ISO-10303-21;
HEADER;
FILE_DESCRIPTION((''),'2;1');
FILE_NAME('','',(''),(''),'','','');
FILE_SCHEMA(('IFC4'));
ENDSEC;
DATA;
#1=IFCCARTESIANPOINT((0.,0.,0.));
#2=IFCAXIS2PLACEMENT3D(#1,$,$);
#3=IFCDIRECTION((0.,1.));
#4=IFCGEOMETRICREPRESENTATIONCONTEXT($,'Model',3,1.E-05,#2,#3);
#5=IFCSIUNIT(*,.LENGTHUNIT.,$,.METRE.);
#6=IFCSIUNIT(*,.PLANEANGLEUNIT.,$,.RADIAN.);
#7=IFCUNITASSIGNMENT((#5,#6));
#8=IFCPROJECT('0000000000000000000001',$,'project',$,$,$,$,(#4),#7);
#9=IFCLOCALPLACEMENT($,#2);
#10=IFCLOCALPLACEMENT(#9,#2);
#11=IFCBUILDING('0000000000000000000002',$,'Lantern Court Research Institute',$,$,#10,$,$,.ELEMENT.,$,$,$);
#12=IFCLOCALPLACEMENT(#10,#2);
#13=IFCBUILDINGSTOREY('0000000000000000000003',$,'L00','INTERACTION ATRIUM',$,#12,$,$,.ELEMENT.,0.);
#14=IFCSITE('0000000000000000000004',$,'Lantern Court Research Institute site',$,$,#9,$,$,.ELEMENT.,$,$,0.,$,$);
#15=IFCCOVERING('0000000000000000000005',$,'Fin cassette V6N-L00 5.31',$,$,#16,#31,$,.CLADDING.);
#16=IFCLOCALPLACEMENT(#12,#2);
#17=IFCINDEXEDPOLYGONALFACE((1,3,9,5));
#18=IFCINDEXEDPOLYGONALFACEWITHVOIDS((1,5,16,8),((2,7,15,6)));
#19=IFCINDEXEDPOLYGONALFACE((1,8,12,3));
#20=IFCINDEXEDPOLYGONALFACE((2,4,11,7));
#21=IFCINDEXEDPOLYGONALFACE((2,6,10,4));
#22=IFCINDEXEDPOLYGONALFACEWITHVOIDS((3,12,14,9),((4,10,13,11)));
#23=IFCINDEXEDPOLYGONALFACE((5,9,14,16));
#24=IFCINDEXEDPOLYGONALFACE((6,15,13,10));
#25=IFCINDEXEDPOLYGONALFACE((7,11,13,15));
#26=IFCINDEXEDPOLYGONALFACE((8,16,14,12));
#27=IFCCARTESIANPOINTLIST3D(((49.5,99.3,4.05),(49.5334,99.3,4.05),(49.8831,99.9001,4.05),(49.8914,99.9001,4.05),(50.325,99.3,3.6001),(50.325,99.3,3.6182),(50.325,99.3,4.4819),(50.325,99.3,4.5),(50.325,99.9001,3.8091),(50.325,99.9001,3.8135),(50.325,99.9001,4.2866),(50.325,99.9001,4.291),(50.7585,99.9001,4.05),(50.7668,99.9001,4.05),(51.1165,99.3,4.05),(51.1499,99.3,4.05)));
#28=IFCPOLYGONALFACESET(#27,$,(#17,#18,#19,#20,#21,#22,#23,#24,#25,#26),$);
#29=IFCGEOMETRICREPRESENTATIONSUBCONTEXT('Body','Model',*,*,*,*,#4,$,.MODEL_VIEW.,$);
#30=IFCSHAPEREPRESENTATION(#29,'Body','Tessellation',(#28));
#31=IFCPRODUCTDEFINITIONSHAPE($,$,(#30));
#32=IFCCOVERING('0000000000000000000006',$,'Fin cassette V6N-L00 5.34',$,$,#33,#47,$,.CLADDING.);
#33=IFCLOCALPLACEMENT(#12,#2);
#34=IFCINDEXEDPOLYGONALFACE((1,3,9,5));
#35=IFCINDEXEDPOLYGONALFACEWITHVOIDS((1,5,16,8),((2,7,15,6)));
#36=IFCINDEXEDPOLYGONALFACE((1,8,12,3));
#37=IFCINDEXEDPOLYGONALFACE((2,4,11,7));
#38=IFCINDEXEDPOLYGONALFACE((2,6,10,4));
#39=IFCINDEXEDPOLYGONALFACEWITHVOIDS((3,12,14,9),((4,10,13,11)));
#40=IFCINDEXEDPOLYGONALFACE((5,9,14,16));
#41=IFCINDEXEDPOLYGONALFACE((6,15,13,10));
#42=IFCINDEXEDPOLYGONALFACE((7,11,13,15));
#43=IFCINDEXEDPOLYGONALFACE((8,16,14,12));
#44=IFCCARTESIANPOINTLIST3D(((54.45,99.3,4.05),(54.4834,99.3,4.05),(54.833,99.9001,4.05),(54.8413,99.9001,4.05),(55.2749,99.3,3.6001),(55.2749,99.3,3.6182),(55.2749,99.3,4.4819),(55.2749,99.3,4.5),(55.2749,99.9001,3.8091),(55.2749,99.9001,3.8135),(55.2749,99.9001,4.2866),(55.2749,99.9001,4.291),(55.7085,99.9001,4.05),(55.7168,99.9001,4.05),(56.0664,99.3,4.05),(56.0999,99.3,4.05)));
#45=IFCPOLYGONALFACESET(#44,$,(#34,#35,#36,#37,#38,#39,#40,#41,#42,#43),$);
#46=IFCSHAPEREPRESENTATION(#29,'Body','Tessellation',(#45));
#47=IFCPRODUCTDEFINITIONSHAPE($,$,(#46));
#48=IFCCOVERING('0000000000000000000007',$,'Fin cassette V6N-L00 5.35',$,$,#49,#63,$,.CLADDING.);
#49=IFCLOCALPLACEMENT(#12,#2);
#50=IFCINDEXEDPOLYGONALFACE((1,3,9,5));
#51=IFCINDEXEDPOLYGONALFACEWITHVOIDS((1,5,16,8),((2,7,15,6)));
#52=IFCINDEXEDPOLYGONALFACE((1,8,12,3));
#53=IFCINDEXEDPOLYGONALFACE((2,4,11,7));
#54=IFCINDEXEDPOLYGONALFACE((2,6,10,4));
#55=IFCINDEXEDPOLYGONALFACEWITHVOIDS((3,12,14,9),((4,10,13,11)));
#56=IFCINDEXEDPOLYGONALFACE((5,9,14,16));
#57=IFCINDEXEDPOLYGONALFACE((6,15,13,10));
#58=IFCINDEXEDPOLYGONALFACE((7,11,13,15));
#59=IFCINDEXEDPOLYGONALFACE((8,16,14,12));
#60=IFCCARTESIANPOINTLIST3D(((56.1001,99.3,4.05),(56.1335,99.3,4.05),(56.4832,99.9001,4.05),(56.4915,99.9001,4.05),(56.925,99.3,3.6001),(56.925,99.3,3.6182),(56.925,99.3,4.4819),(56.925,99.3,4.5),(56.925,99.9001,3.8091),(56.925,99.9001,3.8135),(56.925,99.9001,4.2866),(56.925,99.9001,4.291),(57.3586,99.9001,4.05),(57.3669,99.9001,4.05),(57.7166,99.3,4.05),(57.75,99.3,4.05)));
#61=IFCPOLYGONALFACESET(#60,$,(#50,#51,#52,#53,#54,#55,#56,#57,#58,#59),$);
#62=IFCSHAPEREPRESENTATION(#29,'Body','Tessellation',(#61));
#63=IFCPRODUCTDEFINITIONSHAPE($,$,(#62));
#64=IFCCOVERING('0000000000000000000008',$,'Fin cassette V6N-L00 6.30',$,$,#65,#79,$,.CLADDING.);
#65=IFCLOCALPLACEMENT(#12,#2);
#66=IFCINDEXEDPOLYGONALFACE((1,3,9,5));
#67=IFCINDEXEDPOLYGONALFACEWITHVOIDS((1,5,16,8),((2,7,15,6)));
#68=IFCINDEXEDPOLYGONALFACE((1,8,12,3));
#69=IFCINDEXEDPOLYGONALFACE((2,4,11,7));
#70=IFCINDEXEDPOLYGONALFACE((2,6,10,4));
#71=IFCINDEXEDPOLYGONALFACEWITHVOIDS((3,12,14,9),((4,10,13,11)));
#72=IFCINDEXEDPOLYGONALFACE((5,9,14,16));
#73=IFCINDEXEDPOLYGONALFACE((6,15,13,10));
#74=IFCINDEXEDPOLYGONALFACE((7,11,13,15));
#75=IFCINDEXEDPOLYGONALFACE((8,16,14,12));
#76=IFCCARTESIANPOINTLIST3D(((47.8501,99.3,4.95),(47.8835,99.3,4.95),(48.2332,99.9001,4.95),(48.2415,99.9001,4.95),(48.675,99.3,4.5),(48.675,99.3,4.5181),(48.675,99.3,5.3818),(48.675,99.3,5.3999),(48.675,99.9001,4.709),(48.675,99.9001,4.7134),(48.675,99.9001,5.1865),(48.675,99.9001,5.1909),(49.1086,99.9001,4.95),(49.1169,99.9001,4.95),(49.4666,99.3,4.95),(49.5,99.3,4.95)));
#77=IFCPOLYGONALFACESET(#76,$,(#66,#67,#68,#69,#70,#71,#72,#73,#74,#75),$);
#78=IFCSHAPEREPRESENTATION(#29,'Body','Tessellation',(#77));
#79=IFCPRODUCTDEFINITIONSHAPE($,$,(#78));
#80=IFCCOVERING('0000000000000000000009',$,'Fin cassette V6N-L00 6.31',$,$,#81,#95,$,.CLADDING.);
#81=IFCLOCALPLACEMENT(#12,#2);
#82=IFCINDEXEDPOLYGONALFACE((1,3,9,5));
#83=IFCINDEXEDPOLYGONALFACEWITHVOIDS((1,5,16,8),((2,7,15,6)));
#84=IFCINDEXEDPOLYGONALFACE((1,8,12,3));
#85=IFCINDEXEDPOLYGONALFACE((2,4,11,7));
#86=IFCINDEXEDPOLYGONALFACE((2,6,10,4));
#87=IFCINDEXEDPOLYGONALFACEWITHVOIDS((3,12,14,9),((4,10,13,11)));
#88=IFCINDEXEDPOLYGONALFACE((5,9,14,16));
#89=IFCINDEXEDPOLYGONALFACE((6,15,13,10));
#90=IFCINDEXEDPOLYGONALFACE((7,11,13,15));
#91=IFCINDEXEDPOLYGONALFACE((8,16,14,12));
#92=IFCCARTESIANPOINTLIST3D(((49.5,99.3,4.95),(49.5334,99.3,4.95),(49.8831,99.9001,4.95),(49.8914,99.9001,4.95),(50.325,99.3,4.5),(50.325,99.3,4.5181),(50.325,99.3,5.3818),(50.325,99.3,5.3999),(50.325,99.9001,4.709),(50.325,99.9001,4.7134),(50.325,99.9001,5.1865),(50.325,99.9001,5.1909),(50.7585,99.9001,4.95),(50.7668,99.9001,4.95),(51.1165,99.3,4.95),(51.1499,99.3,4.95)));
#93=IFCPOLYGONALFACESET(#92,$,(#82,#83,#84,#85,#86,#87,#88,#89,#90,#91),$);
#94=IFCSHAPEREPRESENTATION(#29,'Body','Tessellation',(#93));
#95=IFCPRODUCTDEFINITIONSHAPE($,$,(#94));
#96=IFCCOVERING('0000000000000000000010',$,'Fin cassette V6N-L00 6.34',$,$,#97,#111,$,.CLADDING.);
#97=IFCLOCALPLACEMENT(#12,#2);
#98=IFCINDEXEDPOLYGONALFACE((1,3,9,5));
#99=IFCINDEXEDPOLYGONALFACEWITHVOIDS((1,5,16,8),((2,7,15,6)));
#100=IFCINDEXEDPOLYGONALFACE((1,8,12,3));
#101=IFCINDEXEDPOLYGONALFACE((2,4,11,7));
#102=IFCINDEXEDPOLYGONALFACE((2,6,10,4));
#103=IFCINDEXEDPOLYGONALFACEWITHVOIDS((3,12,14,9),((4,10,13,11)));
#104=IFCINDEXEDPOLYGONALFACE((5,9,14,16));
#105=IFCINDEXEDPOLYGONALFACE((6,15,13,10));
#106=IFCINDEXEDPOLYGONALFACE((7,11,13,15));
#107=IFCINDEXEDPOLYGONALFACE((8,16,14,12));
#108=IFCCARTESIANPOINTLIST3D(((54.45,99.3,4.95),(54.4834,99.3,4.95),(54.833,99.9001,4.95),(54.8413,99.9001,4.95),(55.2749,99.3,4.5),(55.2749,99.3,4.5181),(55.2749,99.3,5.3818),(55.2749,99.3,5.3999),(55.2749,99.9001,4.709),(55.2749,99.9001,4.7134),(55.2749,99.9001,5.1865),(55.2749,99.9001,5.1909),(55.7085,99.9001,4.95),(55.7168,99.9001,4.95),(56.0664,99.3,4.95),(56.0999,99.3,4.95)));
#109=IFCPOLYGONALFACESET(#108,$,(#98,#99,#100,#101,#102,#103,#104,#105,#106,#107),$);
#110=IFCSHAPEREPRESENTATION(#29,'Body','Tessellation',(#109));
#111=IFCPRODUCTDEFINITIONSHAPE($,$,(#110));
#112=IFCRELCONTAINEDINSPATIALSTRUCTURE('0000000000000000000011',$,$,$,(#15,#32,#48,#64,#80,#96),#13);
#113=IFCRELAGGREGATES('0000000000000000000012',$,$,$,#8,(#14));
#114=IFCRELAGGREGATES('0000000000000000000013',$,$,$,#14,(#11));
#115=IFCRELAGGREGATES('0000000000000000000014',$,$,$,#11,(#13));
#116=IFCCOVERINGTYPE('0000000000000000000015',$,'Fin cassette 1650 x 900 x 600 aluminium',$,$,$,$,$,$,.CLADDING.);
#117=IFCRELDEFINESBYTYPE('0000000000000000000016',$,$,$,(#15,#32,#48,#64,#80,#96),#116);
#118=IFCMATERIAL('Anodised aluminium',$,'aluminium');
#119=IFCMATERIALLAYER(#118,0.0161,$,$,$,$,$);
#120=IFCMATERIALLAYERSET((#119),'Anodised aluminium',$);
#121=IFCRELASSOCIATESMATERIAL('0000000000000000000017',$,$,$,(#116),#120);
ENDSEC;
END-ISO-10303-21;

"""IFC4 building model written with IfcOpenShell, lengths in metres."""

from ifc_helpers import new_model, entity, si_unit, direction, frame, origin, place, context, subcontext, project, spatial, material, layer, layer_set, type_object, element, save


model = new_model("IFC4")

# Units and contexts
model_context = context("Model", 3, precision=1e-05, world=origin(), true_north=direction((0.0, 1.0)))
body_context = subcontext(model_context, "Body", "Model", "MODEL_VIEW")
ifc_project = project(units=[si_unit("LENGTHUNIT", "METRE"), si_unit("PLANEANGLEUNIT", "RADIAN")], contexts=[model_context])

# Site, building, storey
site_placement = place(None, origin())
site = spatial("IfcSite", under=ifc_project, at=site_placement, Name="Lantern Court Research Institute site", CompositionType="ELEMENT", RefElevation=0.0)
building_placement = place(site_placement, origin())
building = spatial("IfcBuilding", under=site, at=building_placement, Name="Lantern Court Research Institute", CompositionType="ELEMENT")
storey_placement = place(building_placement, origin())
storey = spatial("IfcBuildingStorey", under=building, at=storey_placement, Name="L00", Description="INTERACTION ATRIUM", CompositionType="ELEMENT", Elevation=0.0)

# Coverings
ifc_material_1 = material(Name="Anodised aluminium", Category="aluminium")
ifc_layer_1 = layer(ifc_material_1, 0.0161)
ifc_layer_set_1 = layer_set([ifc_layer_1], Name="Anodised aluminium")
covering_type_1 = type_object("IfcCoveringType", Name="Fin cassette 1650 x 900 x 600 aluminium", PredefinedType="CLADDING", material=ifc_layer_set_1)
covering_1_placement = place(storey_placement, frame((50.325, 99.3, 4.05), z_axis=(0.0, 1.0, 0.0), x_axis=(-1.0, 0.0, 0.0)))
cartesian_point_1 = entity("IfcCartesianPoint", [0.825, 0.0])
cartesian_point_2 = entity("IfcCartesianPoint", [0.7915, 0.0])
cartesian_point_3 = entity("IfcCartesianPoint", [0.4419, 0.0])
cartesian_point_4 = entity("IfcCartesianPoint", [0.4336, 0.0])
element("IfcCovering", 1, at=covering_1_placement, inside=storey, type_object=covering_type_1, Name="Fin cassette V6N-L00 5.31", PredefinedType="CLADDING", context=body_context, shape_type="SweptSolid", body=[
    entity("IfcExtrudedAreaSolidTapered", entity("IfcArbitraryProfileDefWithVoids", "AREA", None, entity("IfcPolyline", [cartesian_point_1, entity("IfcCartesianPoint", [0.0, 0.45]), entity("IfcCartesianPoint", [-0.825, 0.0]), entity("IfcCartesianPoint", [0.0, -0.45]), cartesian_point_1]), [entity("IfcPolyline", [cartesian_point_2, entity("IfcCartesianPoint", [0.0, 0.4319]), entity("IfcCartesianPoint", [-0.7915, 0.0]), entity("IfcCartesianPoint", [0.0, -0.4319]), cartesian_point_2])]), entity("IfcAxis2Placement3D", entity("IfcCartesianPoint", [0.0, 0.0, 0.0])), entity("IfcDirection", [0.0, 0.0, 1.0]), 0.6001, entity("IfcArbitraryProfileDefWithVoids", "AREA", None, entity("IfcPolyline", [cartesian_point_3, entity("IfcCartesianPoint", [0.0, 0.241]), entity("IfcCartesianPoint", [-0.4419, 0.0]), entity("IfcCartesianPoint", [0.0, -0.241]), cartesian_point_3]), [entity("IfcPolyline", [cartesian_point_4, entity("IfcCartesianPoint", [0.0, 0.2366]), entity("IfcCartesianPoint", [-0.4336, 0.0]), entity("IfcCartesianPoint", [0.0, -0.2366]), cartesian_point_4])])),
])
covering_2_placement = place(storey_placement, frame((55.2749, 99.3, 4.05), z_axis=(0.0, 1.0, 0.0), x_axis=(-1.0, 0.0, 0.0)))
cartesian_point_5 = entity("IfcCartesianPoint", [0.825, 0.0])
cartesian_point_6 = entity("IfcCartesianPoint", [0.7915, 0.0])
cartesian_point_7 = entity("IfcCartesianPoint", [0.4419, 0.0])
cartesian_point_8 = entity("IfcCartesianPoint", [0.4336, 0.0])
element("IfcCovering", 2, at=covering_2_placement, inside=storey, type_object=covering_type_1, Name="Fin cassette V6N-L00 5.34", PredefinedType="CLADDING", context=body_context, shape_type="SweptSolid", body=[
    entity("IfcExtrudedAreaSolidTapered", entity("IfcArbitraryProfileDefWithVoids", "AREA", None, entity("IfcPolyline", [cartesian_point_5, entity("IfcCartesianPoint", [0.0, 0.45]), entity("IfcCartesianPoint", [-0.825, 0.0]), entity("IfcCartesianPoint", [0.0, -0.45]), cartesian_point_5]), [entity("IfcPolyline", [cartesian_point_6, entity("IfcCartesianPoint", [0.0, 0.4319]), entity("IfcCartesianPoint", [-0.7915, 0.0]), entity("IfcCartesianPoint", [0.0, -0.4319]), cartesian_point_6])]), entity("IfcAxis2Placement3D", entity("IfcCartesianPoint", [0.0, 0.0, 0.0])), entity("IfcDirection", [0.0, 0.0, 1.0]), 0.6001, entity("IfcArbitraryProfileDefWithVoids", "AREA", None, entity("IfcPolyline", [cartesian_point_7, entity("IfcCartesianPoint", [0.0, 0.241]), entity("IfcCartesianPoint", [-0.4419, 0.0]), entity("IfcCartesianPoint", [0.0, -0.241]), cartesian_point_7]), [entity("IfcPolyline", [cartesian_point_8, entity("IfcCartesianPoint", [0.0, 0.2366]), entity("IfcCartesianPoint", [-0.4336, 0.0]), entity("IfcCartesianPoint", [0.0, -0.2366]), cartesian_point_8])])),
])
covering_3_placement = place(storey_placement, frame((56.925, 99.3, 4.05), z_axis=(0.0, 1.0, 0.0), x_axis=(-1.0, 0.0, 0.0)))
cartesian_point_9 = entity("IfcCartesianPoint", [0.825, 0.0])
cartesian_point_10 = entity("IfcCartesianPoint", [0.7915, 0.0])
cartesian_point_11 = entity("IfcCartesianPoint", [0.4419, 0.0])
cartesian_point_12 = entity("IfcCartesianPoint", [0.4336, 0.0])
element("IfcCovering", 3, at=covering_3_placement, inside=storey, type_object=covering_type_1, Name="Fin cassette V6N-L00 5.35", PredefinedType="CLADDING", context=body_context, shape_type="SweptSolid", body=[
    entity("IfcExtrudedAreaSolidTapered", entity("IfcArbitraryProfileDefWithVoids", "AREA", None, entity("IfcPolyline", [cartesian_point_9, entity("IfcCartesianPoint", [0.0, 0.45]), entity("IfcCartesianPoint", [-0.825, 0.0]), entity("IfcCartesianPoint", [0.0, -0.45]), cartesian_point_9]), [entity("IfcPolyline", [cartesian_point_10, entity("IfcCartesianPoint", [0.0, 0.4319]), entity("IfcCartesianPoint", [-0.7915, 0.0]), entity("IfcCartesianPoint", [0.0, -0.4319]), cartesian_point_10])]), entity("IfcAxis2Placement3D", entity("IfcCartesianPoint", [0.0, 0.0, 0.0])), entity("IfcDirection", [0.0, 0.0, 1.0]), 0.6001, entity("IfcArbitraryProfileDefWithVoids", "AREA", None, entity("IfcPolyline", [cartesian_point_11, entity("IfcCartesianPoint", [0.0, 0.241]), entity("IfcCartesianPoint", [-0.4419, 0.0]), entity("IfcCartesianPoint", [0.0, -0.241]), cartesian_point_11]), [entity("IfcPolyline", [cartesian_point_12, entity("IfcCartesianPoint", [0.0, 0.2366]), entity("IfcCartesianPoint", [-0.4336, 0.0]), entity("IfcCartesianPoint", [0.0, -0.2366]), cartesian_point_12])])),
])
covering_4_placement = place(storey_placement, frame((48.675, 99.3, 4.95), z_axis=(0.0, 1.0, 0.0), x_axis=(-1.0, 0.0, 0.0)))
cartesian_point_13 = entity("IfcCartesianPoint", [0.825, 0.0])
cartesian_point_14 = entity("IfcCartesianPoint", [0.7915, 0.0])
cartesian_point_15 = entity("IfcCartesianPoint", [0.4419, 0.0])
cartesian_point_16 = entity("IfcCartesianPoint", [0.4336, 0.0])
element("IfcCovering", 4, at=covering_4_placement, inside=storey, type_object=covering_type_1, Name="Fin cassette V6N-L00 6.30", PredefinedType="CLADDING", context=body_context, shape_type="SweptSolid", body=[
    entity("IfcExtrudedAreaSolidTapered", entity("IfcArbitraryProfileDefWithVoids", "AREA", None, entity("IfcPolyline", [cartesian_point_13, entity("IfcCartesianPoint", [0.0, 0.45]), entity("IfcCartesianPoint", [-0.825, 0.0]), entity("IfcCartesianPoint", [0.0, -0.45]), cartesian_point_13]), [entity("IfcPolyline", [cartesian_point_14, entity("IfcCartesianPoint", [0.0, 0.4319]), entity("IfcCartesianPoint", [-0.7915, 0.0]), entity("IfcCartesianPoint", [0.0, -0.4319]), cartesian_point_14])]), entity("IfcAxis2Placement3D", entity("IfcCartesianPoint", [0.0, 0.0, 0.0])), entity("IfcDirection", [0.0, 0.0, 1.0]), 0.6001, entity("IfcArbitraryProfileDefWithVoids", "AREA", None, entity("IfcPolyline", [cartesian_point_15, entity("IfcCartesianPoint", [0.0, 0.241]), entity("IfcCartesianPoint", [-0.4419, 0.0]), entity("IfcCartesianPoint", [0.0, -0.241]), cartesian_point_15]), [entity("IfcPolyline", [cartesian_point_16, entity("IfcCartesianPoint", [0.0, 0.2366]), entity("IfcCartesianPoint", [-0.4336, 0.0]), entity("IfcCartesianPoint", [0.0, -0.2366]), cartesian_point_16])])),
])
covering_5_placement = place(storey_placement, frame((50.325, 99.3, 4.95), z_axis=(0.0, 1.0, 0.0), x_axis=(-1.0, 0.0, 0.0)))
cartesian_point_17 = entity("IfcCartesianPoint", [0.825, 0.0])
cartesian_point_18 = entity("IfcCartesianPoint", [0.7915, 0.0])
cartesian_point_19 = entity("IfcCartesianPoint", [0.4419, 0.0])
cartesian_point_20 = entity("IfcCartesianPoint", [0.4336, 0.0])
element("IfcCovering", 5, at=covering_5_placement, inside=storey, type_object=covering_type_1, Name="Fin cassette V6N-L00 6.31", PredefinedType="CLADDING", context=body_context, shape_type="SweptSolid", body=[
    entity("IfcExtrudedAreaSolidTapered", entity("IfcArbitraryProfileDefWithVoids", "AREA", None, entity("IfcPolyline", [cartesian_point_17, entity("IfcCartesianPoint", [0.0, 0.45]), entity("IfcCartesianPoint", [-0.825, 0.0]), entity("IfcCartesianPoint", [0.0, -0.45]), cartesian_point_17]), [entity("IfcPolyline", [cartesian_point_18, entity("IfcCartesianPoint", [0.0, 0.4319]), entity("IfcCartesianPoint", [-0.7915, 0.0]), entity("IfcCartesianPoint", [0.0, -0.4319]), cartesian_point_18])]), entity("IfcAxis2Placement3D", entity("IfcCartesianPoint", [0.0, 0.0, 0.0])), entity("IfcDirection", [0.0, 0.0, 1.0]), 0.6001, entity("IfcArbitraryProfileDefWithVoids", "AREA", None, entity("IfcPolyline", [cartesian_point_19, entity("IfcCartesianPoint", [0.0, 0.241]), entity("IfcCartesianPoint", [-0.4419, 0.0]), entity("IfcCartesianPoint", [0.0, -0.241]), cartesian_point_19]), [entity("IfcPolyline", [cartesian_point_20, entity("IfcCartesianPoint", [0.0, 0.2366]), entity("IfcCartesianPoint", [-0.4336, 0.0]), entity("IfcCartesianPoint", [0.0, -0.2366]), cartesian_point_20])])),
])
covering_6_placement = place(storey_placement, frame((55.2749, 99.3, 4.95), z_axis=(0.0, 1.0, 0.0), x_axis=(-1.0, 0.0, 0.0)))
cartesian_point_21 = entity("IfcCartesianPoint", [0.825, 0.0])
cartesian_point_22 = entity("IfcCartesianPoint", [0.7915, 0.0])
cartesian_point_23 = entity("IfcCartesianPoint", [0.4419, 0.0])
cartesian_point_24 = entity("IfcCartesianPoint", [0.4336, 0.0])
element("IfcCovering", 6, at=covering_6_placement, inside=storey, type_object=covering_type_1, Name="Fin cassette V6N-L00 6.34", PredefinedType="CLADDING", context=body_context, shape_type="SweptSolid", body=[
    entity("IfcExtrudedAreaSolidTapered", entity("IfcArbitraryProfileDefWithVoids", "AREA", None, entity("IfcPolyline", [cartesian_point_21, entity("IfcCartesianPoint", [0.0, 0.45]), entity("IfcCartesianPoint", [-0.825, 0.0]), entity("IfcCartesianPoint", [0.0, -0.45]), cartesian_point_21]), [entity("IfcPolyline", [cartesian_point_22, entity("IfcCartesianPoint", [0.0, 0.4319]), entity("IfcCartesianPoint", [-0.7915, 0.0]), entity("IfcCartesianPoint", [0.0, -0.4319]), cartesian_point_22])]), entity("IfcAxis2Placement3D", entity("IfcCartesianPoint", [0.0, 0.0, 0.0])), entity("IfcDirection", [0.0, 0.0, 1.0]), 0.6001, entity("IfcArbitraryProfileDefWithVoids", "AREA", None, entity("IfcPolyline", [cartesian_point_23, entity("IfcCartesianPoint", [0.0, 0.241]), entity("IfcCartesianPoint", [-0.4419, 0.0]), entity("IfcCartesianPoint", [0.0, -0.241]), cartesian_point_23]), [entity("IfcPolyline", [cartesian_point_24, entity("IfcCartesianPoint", [0.0, 0.2366]), entity("IfcCartesianPoint", [-0.4336, 0.0]), entity("IfcCartesianPoint", [0.0, -0.2366]), cartesian_point_24])])),
])

save(model, "model.ifc")
